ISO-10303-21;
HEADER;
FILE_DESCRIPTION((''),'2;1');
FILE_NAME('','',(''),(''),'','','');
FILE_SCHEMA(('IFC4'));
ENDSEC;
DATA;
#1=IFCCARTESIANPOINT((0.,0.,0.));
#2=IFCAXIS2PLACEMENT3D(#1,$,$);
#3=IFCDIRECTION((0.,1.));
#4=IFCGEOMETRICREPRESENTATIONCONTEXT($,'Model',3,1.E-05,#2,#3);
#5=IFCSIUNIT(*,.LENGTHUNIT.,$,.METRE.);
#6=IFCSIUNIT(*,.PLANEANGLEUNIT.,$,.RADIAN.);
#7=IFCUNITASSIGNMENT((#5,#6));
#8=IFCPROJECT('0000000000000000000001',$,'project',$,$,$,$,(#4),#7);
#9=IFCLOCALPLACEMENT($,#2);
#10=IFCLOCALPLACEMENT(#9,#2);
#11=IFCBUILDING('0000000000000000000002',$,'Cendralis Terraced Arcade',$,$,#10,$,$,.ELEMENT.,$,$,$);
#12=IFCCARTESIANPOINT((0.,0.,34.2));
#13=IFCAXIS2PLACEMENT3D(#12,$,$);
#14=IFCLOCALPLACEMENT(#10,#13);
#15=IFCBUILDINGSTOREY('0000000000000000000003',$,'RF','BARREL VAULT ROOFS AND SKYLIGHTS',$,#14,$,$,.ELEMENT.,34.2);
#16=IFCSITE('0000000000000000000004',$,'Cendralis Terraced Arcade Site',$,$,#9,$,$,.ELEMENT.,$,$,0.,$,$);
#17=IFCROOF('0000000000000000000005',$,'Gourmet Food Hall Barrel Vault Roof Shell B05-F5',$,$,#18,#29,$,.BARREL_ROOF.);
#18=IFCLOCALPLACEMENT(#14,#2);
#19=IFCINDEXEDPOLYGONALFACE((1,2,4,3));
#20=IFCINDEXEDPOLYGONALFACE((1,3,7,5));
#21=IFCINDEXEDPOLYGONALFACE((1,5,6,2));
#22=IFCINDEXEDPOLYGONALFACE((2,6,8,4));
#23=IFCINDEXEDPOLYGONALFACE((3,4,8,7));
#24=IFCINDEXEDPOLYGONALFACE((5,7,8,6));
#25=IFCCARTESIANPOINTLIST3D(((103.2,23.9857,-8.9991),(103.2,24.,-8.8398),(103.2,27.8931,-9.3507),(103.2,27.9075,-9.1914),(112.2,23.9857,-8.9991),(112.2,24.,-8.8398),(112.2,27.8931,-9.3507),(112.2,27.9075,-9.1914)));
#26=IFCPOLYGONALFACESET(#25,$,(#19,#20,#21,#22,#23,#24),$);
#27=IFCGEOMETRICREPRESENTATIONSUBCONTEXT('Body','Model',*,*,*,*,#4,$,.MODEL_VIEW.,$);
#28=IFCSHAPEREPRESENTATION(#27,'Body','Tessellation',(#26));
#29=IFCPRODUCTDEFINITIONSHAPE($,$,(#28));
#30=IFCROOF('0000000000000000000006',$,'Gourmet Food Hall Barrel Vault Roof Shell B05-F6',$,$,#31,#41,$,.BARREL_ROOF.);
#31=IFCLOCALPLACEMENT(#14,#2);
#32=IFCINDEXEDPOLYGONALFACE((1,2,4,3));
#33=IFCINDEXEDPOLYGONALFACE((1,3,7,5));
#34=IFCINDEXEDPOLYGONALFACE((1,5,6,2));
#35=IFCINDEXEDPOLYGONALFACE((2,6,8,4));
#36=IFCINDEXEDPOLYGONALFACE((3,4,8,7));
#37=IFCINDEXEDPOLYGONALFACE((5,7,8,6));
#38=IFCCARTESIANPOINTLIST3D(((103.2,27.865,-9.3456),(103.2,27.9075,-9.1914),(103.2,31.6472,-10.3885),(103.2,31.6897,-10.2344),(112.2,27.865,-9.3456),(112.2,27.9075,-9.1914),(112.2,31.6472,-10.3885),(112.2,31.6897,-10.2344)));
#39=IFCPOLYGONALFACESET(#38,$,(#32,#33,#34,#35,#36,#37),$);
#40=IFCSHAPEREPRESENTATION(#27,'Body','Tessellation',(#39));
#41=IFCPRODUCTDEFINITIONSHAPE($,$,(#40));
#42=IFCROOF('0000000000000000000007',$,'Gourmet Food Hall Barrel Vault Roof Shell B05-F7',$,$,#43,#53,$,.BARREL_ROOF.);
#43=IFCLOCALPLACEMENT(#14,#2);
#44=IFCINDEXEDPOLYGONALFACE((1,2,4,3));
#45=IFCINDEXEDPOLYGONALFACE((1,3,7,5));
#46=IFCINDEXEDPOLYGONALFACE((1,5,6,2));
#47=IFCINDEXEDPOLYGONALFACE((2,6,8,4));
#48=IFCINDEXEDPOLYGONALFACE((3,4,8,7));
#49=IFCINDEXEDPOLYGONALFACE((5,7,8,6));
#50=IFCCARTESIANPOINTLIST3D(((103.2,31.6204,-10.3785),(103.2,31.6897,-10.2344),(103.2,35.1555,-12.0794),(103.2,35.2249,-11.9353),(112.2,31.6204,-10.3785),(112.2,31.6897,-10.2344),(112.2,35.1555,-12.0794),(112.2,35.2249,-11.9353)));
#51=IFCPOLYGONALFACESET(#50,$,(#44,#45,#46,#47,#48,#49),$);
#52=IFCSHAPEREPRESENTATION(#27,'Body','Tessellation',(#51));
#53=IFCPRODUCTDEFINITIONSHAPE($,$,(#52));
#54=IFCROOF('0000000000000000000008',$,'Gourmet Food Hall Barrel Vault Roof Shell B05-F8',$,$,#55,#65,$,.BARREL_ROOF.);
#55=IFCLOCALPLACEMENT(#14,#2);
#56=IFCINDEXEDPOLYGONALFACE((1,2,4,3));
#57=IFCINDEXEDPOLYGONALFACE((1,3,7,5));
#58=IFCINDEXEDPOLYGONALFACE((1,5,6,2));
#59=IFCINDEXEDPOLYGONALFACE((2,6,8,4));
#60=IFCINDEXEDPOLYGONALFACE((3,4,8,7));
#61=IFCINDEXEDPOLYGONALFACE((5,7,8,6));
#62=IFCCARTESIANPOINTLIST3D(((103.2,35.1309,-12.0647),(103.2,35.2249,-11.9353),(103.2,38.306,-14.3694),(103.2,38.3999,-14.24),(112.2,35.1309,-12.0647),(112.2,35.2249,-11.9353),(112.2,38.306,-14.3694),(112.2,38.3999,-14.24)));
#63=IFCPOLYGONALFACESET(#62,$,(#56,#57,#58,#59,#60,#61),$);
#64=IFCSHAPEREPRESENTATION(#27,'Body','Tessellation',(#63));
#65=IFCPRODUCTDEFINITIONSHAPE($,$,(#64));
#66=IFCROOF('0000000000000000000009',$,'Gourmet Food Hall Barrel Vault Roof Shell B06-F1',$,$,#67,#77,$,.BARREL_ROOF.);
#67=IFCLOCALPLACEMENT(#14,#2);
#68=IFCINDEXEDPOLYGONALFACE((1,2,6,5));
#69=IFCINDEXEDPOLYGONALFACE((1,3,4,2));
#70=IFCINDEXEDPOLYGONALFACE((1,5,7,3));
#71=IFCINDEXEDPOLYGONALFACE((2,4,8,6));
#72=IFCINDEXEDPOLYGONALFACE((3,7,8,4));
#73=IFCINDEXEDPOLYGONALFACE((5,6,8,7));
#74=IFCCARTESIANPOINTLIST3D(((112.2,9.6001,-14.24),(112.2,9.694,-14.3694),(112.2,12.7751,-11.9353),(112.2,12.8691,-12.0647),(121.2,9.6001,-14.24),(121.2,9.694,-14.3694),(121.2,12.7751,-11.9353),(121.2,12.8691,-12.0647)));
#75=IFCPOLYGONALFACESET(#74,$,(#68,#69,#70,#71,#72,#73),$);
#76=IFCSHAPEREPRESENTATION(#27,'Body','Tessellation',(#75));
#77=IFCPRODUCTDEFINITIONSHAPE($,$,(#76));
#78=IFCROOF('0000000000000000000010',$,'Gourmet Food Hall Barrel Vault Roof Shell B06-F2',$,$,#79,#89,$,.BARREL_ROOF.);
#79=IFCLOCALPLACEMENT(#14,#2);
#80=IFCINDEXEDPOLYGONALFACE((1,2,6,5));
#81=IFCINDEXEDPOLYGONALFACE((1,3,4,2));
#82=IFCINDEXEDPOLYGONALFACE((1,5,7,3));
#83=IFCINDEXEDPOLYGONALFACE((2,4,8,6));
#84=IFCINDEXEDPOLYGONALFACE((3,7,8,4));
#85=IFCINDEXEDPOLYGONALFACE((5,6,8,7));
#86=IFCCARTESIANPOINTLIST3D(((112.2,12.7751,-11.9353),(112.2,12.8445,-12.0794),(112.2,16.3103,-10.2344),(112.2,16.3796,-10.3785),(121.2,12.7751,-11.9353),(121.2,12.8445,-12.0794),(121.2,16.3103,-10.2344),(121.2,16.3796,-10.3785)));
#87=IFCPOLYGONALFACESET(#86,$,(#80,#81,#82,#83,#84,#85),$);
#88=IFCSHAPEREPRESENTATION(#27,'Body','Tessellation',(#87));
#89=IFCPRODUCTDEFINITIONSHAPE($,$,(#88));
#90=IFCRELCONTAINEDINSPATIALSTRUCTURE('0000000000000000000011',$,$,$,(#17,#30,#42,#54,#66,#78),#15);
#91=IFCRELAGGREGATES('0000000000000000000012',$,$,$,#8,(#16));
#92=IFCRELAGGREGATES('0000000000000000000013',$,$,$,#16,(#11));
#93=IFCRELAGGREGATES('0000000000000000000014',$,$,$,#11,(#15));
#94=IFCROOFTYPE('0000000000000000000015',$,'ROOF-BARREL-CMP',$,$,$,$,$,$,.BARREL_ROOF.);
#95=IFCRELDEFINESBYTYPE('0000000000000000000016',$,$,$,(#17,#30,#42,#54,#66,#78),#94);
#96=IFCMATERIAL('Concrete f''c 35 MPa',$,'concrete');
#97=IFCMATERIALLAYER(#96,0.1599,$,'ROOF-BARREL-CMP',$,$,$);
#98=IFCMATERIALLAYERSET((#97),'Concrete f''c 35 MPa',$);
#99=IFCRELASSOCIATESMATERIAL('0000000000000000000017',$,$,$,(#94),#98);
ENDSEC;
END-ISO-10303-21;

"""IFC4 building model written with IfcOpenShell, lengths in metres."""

from ifc_helpers import new_model, si_unit, direction, frame, origin, place, context, subcontext, project, spatial, polyline, outline, extrude, material, layer, layer_set, type_object, element, save


model = new_model("IFC4")

# Units and contexts
model_context = context("Model", 3, precision=1e-05, world=origin(), true_north=direction((0.0, 1.0)))
body_context = subcontext(model_context, "Body", "Model", "MODEL_VIEW")
ifc_project = project(units=[si_unit("LENGTHUNIT", "METRE"), si_unit("PLANEANGLEUNIT", "RADIAN")], contexts=[model_context])

# Site, building, storey
site_placement = place(None, origin())
site = spatial("IfcSite", under=ifc_project, at=site_placement, Name="Cendralis Terraced Arcade Site", CompositionType="ELEMENT", RefElevation=0.0)
building_placement = place(site_placement, origin())
building = spatial("IfcBuilding", under=site, at=building_placement, Name="Cendralis Terraced Arcade", CompositionType="ELEMENT")
storey_placement = place(building_placement, frame((0.0, 0.0, 34.2)))
storey = spatial("IfcBuildingStorey", under=building, at=storey_placement, Name="RF", Description="BARREL VAULT ROOFS AND SKYLIGHTS", CompositionType="ELEMENT", Elevation=34.2)

# Roofs
ifc_material_1 = material(Name="Concrete f'c 35 MPa", Category="concrete")
ifc_layer = layer(ifc_material_1, 0.1599, Name="ROOF-BARREL-CMP")
ifc_layer_set = layer_set([ifc_layer], Name="Concrete f'c 35 MPa")
roof_type = type_object("IfcRoofType", Name="ROOF-BARREL-CMP", PredefinedType="BARREL_ROOF", material=ifc_layer_set)
for number, where, z_axis, x_axis, name in (
    (1, (103.2, 24.0, -8.8398), (0.0, 0.08961, 0.995977), (1.0, 0.0, 0.0), "Gourmet Food Hall Barrel Vault Roof Shell B05-F5"),
):
    element("IfcRoof", number, at=place(storey_placement, frame(where, z_axis=z_axis, x_axis=x_axis)), inside=storey, type_object=roof_type, Name=name, PredefinedType="BARREL_ROOF", context=body_context, shape_type="SweptSolid", body=[
        extrude(outline(polyline([(0.0, 0.0), (9.0, 0.0), (9.0, 3.9233), (0.0, 3.9233), (0.0, 0.0)])), origin(), (0.0, 0.0, -1.0), 0.1599),
    ])
roof_1_placement = place(storey_placement, frame((103.2, 27.9075, -9.1914), z_axis=(0.0, 0.265833, 0.964019), x_axis=(1.0, 0.0, 0.0)))
element("IfcRoof", 2, at=roof_1_placement, inside=storey, type_object=roof_type, Name="Gourmet Food Hall Barrel Vault Roof Shell B05-F6", PredefinedType="BARREL_ROOF", context=body_context, shape_type="SweptSolid", body=[
    extrude(outline(polyline([(0.0, 0.0), (9.0, 0.0), (9.0, 3.9234), (0.0, 3.9234), (0.0, 0.0)])), origin(), (0.0, 0.0, -1.0), 0.1599),
])
roof_2_placement = place(storey_placement, frame((103.2, 31.6897, -10.2344), z_axis=(0.0, 0.43357, 0.90112), x_axis=(1.0, 0.0, 0.0)))
element("IfcRoof", 3, at=roof_2_placement, inside=storey, type_object=roof_type, Name="Gourmet Food Hall Barrel Vault Roof Shell B05-F7", PredefinedType="BARREL_ROOF", context=body_context, shape_type="SweptSolid", body=[
    extrude(outline(polyline([(0.0, 0.0), (9.0, 0.0), (9.0, 3.9231), (0.0, 3.9231), (0.0, 0.0)])), origin(), (0.0, 0.0, -1.0), 0.1599),
])
for number, where, z_axis, x_axis, name in (
    (4, (103.2, 35.2249, -11.9353), (0.0, 0.587431, 0.809274), (1.0, 0.0, 0.0), "Gourmet Food Hall Barrel Vault Roof Shell B05-F8"),
    (5, (112.2, 9.6001, -14.24), (0.0, -0.587431, 0.809274), (1.0, 0.0, 0.0), "Gourmet Food Hall Barrel Vault Roof Shell B06-F1"),
):
    element("IfcRoof", number, at=place(storey_placement, frame(where, z_axis=z_axis, x_axis=x_axis)), inside=storey, type_object=roof_type, Name=name, PredefinedType="BARREL_ROOF", context=body_context, shape_type="SweptSolid", body=[
        extrude(outline(polyline([(0.0, 0.0), (9.0, 0.0), (9.0, 3.9233), (0.0, 3.9233), (0.0, 0.0)])), origin(), (0.0, 0.0, -1.0), 0.1599),
    ])
roof_3_placement = place(storey_placement, frame((112.2, 12.7751, -11.9353), z_axis=(0.0, -0.43357, 0.90112), x_axis=(1.0, 0.0, 0.0)))
element("IfcRoof", 6, at=roof_3_placement, inside=storey, type_object=roof_type, Name="Gourmet Food Hall Barrel Vault Roof Shell B06-F2", PredefinedType="BARREL_ROOF", context=body_context, shape_type="SweptSolid", body=[
    extrude(outline(polyline([(0.0, 0.0), (9.0, 0.0), (9.0, 3.9231), (0.0, 3.9231), (0.0, 0.0)])), origin(), (0.0, 0.0, -1.0), 0.1599),
])

save(model, "model.ifc")
